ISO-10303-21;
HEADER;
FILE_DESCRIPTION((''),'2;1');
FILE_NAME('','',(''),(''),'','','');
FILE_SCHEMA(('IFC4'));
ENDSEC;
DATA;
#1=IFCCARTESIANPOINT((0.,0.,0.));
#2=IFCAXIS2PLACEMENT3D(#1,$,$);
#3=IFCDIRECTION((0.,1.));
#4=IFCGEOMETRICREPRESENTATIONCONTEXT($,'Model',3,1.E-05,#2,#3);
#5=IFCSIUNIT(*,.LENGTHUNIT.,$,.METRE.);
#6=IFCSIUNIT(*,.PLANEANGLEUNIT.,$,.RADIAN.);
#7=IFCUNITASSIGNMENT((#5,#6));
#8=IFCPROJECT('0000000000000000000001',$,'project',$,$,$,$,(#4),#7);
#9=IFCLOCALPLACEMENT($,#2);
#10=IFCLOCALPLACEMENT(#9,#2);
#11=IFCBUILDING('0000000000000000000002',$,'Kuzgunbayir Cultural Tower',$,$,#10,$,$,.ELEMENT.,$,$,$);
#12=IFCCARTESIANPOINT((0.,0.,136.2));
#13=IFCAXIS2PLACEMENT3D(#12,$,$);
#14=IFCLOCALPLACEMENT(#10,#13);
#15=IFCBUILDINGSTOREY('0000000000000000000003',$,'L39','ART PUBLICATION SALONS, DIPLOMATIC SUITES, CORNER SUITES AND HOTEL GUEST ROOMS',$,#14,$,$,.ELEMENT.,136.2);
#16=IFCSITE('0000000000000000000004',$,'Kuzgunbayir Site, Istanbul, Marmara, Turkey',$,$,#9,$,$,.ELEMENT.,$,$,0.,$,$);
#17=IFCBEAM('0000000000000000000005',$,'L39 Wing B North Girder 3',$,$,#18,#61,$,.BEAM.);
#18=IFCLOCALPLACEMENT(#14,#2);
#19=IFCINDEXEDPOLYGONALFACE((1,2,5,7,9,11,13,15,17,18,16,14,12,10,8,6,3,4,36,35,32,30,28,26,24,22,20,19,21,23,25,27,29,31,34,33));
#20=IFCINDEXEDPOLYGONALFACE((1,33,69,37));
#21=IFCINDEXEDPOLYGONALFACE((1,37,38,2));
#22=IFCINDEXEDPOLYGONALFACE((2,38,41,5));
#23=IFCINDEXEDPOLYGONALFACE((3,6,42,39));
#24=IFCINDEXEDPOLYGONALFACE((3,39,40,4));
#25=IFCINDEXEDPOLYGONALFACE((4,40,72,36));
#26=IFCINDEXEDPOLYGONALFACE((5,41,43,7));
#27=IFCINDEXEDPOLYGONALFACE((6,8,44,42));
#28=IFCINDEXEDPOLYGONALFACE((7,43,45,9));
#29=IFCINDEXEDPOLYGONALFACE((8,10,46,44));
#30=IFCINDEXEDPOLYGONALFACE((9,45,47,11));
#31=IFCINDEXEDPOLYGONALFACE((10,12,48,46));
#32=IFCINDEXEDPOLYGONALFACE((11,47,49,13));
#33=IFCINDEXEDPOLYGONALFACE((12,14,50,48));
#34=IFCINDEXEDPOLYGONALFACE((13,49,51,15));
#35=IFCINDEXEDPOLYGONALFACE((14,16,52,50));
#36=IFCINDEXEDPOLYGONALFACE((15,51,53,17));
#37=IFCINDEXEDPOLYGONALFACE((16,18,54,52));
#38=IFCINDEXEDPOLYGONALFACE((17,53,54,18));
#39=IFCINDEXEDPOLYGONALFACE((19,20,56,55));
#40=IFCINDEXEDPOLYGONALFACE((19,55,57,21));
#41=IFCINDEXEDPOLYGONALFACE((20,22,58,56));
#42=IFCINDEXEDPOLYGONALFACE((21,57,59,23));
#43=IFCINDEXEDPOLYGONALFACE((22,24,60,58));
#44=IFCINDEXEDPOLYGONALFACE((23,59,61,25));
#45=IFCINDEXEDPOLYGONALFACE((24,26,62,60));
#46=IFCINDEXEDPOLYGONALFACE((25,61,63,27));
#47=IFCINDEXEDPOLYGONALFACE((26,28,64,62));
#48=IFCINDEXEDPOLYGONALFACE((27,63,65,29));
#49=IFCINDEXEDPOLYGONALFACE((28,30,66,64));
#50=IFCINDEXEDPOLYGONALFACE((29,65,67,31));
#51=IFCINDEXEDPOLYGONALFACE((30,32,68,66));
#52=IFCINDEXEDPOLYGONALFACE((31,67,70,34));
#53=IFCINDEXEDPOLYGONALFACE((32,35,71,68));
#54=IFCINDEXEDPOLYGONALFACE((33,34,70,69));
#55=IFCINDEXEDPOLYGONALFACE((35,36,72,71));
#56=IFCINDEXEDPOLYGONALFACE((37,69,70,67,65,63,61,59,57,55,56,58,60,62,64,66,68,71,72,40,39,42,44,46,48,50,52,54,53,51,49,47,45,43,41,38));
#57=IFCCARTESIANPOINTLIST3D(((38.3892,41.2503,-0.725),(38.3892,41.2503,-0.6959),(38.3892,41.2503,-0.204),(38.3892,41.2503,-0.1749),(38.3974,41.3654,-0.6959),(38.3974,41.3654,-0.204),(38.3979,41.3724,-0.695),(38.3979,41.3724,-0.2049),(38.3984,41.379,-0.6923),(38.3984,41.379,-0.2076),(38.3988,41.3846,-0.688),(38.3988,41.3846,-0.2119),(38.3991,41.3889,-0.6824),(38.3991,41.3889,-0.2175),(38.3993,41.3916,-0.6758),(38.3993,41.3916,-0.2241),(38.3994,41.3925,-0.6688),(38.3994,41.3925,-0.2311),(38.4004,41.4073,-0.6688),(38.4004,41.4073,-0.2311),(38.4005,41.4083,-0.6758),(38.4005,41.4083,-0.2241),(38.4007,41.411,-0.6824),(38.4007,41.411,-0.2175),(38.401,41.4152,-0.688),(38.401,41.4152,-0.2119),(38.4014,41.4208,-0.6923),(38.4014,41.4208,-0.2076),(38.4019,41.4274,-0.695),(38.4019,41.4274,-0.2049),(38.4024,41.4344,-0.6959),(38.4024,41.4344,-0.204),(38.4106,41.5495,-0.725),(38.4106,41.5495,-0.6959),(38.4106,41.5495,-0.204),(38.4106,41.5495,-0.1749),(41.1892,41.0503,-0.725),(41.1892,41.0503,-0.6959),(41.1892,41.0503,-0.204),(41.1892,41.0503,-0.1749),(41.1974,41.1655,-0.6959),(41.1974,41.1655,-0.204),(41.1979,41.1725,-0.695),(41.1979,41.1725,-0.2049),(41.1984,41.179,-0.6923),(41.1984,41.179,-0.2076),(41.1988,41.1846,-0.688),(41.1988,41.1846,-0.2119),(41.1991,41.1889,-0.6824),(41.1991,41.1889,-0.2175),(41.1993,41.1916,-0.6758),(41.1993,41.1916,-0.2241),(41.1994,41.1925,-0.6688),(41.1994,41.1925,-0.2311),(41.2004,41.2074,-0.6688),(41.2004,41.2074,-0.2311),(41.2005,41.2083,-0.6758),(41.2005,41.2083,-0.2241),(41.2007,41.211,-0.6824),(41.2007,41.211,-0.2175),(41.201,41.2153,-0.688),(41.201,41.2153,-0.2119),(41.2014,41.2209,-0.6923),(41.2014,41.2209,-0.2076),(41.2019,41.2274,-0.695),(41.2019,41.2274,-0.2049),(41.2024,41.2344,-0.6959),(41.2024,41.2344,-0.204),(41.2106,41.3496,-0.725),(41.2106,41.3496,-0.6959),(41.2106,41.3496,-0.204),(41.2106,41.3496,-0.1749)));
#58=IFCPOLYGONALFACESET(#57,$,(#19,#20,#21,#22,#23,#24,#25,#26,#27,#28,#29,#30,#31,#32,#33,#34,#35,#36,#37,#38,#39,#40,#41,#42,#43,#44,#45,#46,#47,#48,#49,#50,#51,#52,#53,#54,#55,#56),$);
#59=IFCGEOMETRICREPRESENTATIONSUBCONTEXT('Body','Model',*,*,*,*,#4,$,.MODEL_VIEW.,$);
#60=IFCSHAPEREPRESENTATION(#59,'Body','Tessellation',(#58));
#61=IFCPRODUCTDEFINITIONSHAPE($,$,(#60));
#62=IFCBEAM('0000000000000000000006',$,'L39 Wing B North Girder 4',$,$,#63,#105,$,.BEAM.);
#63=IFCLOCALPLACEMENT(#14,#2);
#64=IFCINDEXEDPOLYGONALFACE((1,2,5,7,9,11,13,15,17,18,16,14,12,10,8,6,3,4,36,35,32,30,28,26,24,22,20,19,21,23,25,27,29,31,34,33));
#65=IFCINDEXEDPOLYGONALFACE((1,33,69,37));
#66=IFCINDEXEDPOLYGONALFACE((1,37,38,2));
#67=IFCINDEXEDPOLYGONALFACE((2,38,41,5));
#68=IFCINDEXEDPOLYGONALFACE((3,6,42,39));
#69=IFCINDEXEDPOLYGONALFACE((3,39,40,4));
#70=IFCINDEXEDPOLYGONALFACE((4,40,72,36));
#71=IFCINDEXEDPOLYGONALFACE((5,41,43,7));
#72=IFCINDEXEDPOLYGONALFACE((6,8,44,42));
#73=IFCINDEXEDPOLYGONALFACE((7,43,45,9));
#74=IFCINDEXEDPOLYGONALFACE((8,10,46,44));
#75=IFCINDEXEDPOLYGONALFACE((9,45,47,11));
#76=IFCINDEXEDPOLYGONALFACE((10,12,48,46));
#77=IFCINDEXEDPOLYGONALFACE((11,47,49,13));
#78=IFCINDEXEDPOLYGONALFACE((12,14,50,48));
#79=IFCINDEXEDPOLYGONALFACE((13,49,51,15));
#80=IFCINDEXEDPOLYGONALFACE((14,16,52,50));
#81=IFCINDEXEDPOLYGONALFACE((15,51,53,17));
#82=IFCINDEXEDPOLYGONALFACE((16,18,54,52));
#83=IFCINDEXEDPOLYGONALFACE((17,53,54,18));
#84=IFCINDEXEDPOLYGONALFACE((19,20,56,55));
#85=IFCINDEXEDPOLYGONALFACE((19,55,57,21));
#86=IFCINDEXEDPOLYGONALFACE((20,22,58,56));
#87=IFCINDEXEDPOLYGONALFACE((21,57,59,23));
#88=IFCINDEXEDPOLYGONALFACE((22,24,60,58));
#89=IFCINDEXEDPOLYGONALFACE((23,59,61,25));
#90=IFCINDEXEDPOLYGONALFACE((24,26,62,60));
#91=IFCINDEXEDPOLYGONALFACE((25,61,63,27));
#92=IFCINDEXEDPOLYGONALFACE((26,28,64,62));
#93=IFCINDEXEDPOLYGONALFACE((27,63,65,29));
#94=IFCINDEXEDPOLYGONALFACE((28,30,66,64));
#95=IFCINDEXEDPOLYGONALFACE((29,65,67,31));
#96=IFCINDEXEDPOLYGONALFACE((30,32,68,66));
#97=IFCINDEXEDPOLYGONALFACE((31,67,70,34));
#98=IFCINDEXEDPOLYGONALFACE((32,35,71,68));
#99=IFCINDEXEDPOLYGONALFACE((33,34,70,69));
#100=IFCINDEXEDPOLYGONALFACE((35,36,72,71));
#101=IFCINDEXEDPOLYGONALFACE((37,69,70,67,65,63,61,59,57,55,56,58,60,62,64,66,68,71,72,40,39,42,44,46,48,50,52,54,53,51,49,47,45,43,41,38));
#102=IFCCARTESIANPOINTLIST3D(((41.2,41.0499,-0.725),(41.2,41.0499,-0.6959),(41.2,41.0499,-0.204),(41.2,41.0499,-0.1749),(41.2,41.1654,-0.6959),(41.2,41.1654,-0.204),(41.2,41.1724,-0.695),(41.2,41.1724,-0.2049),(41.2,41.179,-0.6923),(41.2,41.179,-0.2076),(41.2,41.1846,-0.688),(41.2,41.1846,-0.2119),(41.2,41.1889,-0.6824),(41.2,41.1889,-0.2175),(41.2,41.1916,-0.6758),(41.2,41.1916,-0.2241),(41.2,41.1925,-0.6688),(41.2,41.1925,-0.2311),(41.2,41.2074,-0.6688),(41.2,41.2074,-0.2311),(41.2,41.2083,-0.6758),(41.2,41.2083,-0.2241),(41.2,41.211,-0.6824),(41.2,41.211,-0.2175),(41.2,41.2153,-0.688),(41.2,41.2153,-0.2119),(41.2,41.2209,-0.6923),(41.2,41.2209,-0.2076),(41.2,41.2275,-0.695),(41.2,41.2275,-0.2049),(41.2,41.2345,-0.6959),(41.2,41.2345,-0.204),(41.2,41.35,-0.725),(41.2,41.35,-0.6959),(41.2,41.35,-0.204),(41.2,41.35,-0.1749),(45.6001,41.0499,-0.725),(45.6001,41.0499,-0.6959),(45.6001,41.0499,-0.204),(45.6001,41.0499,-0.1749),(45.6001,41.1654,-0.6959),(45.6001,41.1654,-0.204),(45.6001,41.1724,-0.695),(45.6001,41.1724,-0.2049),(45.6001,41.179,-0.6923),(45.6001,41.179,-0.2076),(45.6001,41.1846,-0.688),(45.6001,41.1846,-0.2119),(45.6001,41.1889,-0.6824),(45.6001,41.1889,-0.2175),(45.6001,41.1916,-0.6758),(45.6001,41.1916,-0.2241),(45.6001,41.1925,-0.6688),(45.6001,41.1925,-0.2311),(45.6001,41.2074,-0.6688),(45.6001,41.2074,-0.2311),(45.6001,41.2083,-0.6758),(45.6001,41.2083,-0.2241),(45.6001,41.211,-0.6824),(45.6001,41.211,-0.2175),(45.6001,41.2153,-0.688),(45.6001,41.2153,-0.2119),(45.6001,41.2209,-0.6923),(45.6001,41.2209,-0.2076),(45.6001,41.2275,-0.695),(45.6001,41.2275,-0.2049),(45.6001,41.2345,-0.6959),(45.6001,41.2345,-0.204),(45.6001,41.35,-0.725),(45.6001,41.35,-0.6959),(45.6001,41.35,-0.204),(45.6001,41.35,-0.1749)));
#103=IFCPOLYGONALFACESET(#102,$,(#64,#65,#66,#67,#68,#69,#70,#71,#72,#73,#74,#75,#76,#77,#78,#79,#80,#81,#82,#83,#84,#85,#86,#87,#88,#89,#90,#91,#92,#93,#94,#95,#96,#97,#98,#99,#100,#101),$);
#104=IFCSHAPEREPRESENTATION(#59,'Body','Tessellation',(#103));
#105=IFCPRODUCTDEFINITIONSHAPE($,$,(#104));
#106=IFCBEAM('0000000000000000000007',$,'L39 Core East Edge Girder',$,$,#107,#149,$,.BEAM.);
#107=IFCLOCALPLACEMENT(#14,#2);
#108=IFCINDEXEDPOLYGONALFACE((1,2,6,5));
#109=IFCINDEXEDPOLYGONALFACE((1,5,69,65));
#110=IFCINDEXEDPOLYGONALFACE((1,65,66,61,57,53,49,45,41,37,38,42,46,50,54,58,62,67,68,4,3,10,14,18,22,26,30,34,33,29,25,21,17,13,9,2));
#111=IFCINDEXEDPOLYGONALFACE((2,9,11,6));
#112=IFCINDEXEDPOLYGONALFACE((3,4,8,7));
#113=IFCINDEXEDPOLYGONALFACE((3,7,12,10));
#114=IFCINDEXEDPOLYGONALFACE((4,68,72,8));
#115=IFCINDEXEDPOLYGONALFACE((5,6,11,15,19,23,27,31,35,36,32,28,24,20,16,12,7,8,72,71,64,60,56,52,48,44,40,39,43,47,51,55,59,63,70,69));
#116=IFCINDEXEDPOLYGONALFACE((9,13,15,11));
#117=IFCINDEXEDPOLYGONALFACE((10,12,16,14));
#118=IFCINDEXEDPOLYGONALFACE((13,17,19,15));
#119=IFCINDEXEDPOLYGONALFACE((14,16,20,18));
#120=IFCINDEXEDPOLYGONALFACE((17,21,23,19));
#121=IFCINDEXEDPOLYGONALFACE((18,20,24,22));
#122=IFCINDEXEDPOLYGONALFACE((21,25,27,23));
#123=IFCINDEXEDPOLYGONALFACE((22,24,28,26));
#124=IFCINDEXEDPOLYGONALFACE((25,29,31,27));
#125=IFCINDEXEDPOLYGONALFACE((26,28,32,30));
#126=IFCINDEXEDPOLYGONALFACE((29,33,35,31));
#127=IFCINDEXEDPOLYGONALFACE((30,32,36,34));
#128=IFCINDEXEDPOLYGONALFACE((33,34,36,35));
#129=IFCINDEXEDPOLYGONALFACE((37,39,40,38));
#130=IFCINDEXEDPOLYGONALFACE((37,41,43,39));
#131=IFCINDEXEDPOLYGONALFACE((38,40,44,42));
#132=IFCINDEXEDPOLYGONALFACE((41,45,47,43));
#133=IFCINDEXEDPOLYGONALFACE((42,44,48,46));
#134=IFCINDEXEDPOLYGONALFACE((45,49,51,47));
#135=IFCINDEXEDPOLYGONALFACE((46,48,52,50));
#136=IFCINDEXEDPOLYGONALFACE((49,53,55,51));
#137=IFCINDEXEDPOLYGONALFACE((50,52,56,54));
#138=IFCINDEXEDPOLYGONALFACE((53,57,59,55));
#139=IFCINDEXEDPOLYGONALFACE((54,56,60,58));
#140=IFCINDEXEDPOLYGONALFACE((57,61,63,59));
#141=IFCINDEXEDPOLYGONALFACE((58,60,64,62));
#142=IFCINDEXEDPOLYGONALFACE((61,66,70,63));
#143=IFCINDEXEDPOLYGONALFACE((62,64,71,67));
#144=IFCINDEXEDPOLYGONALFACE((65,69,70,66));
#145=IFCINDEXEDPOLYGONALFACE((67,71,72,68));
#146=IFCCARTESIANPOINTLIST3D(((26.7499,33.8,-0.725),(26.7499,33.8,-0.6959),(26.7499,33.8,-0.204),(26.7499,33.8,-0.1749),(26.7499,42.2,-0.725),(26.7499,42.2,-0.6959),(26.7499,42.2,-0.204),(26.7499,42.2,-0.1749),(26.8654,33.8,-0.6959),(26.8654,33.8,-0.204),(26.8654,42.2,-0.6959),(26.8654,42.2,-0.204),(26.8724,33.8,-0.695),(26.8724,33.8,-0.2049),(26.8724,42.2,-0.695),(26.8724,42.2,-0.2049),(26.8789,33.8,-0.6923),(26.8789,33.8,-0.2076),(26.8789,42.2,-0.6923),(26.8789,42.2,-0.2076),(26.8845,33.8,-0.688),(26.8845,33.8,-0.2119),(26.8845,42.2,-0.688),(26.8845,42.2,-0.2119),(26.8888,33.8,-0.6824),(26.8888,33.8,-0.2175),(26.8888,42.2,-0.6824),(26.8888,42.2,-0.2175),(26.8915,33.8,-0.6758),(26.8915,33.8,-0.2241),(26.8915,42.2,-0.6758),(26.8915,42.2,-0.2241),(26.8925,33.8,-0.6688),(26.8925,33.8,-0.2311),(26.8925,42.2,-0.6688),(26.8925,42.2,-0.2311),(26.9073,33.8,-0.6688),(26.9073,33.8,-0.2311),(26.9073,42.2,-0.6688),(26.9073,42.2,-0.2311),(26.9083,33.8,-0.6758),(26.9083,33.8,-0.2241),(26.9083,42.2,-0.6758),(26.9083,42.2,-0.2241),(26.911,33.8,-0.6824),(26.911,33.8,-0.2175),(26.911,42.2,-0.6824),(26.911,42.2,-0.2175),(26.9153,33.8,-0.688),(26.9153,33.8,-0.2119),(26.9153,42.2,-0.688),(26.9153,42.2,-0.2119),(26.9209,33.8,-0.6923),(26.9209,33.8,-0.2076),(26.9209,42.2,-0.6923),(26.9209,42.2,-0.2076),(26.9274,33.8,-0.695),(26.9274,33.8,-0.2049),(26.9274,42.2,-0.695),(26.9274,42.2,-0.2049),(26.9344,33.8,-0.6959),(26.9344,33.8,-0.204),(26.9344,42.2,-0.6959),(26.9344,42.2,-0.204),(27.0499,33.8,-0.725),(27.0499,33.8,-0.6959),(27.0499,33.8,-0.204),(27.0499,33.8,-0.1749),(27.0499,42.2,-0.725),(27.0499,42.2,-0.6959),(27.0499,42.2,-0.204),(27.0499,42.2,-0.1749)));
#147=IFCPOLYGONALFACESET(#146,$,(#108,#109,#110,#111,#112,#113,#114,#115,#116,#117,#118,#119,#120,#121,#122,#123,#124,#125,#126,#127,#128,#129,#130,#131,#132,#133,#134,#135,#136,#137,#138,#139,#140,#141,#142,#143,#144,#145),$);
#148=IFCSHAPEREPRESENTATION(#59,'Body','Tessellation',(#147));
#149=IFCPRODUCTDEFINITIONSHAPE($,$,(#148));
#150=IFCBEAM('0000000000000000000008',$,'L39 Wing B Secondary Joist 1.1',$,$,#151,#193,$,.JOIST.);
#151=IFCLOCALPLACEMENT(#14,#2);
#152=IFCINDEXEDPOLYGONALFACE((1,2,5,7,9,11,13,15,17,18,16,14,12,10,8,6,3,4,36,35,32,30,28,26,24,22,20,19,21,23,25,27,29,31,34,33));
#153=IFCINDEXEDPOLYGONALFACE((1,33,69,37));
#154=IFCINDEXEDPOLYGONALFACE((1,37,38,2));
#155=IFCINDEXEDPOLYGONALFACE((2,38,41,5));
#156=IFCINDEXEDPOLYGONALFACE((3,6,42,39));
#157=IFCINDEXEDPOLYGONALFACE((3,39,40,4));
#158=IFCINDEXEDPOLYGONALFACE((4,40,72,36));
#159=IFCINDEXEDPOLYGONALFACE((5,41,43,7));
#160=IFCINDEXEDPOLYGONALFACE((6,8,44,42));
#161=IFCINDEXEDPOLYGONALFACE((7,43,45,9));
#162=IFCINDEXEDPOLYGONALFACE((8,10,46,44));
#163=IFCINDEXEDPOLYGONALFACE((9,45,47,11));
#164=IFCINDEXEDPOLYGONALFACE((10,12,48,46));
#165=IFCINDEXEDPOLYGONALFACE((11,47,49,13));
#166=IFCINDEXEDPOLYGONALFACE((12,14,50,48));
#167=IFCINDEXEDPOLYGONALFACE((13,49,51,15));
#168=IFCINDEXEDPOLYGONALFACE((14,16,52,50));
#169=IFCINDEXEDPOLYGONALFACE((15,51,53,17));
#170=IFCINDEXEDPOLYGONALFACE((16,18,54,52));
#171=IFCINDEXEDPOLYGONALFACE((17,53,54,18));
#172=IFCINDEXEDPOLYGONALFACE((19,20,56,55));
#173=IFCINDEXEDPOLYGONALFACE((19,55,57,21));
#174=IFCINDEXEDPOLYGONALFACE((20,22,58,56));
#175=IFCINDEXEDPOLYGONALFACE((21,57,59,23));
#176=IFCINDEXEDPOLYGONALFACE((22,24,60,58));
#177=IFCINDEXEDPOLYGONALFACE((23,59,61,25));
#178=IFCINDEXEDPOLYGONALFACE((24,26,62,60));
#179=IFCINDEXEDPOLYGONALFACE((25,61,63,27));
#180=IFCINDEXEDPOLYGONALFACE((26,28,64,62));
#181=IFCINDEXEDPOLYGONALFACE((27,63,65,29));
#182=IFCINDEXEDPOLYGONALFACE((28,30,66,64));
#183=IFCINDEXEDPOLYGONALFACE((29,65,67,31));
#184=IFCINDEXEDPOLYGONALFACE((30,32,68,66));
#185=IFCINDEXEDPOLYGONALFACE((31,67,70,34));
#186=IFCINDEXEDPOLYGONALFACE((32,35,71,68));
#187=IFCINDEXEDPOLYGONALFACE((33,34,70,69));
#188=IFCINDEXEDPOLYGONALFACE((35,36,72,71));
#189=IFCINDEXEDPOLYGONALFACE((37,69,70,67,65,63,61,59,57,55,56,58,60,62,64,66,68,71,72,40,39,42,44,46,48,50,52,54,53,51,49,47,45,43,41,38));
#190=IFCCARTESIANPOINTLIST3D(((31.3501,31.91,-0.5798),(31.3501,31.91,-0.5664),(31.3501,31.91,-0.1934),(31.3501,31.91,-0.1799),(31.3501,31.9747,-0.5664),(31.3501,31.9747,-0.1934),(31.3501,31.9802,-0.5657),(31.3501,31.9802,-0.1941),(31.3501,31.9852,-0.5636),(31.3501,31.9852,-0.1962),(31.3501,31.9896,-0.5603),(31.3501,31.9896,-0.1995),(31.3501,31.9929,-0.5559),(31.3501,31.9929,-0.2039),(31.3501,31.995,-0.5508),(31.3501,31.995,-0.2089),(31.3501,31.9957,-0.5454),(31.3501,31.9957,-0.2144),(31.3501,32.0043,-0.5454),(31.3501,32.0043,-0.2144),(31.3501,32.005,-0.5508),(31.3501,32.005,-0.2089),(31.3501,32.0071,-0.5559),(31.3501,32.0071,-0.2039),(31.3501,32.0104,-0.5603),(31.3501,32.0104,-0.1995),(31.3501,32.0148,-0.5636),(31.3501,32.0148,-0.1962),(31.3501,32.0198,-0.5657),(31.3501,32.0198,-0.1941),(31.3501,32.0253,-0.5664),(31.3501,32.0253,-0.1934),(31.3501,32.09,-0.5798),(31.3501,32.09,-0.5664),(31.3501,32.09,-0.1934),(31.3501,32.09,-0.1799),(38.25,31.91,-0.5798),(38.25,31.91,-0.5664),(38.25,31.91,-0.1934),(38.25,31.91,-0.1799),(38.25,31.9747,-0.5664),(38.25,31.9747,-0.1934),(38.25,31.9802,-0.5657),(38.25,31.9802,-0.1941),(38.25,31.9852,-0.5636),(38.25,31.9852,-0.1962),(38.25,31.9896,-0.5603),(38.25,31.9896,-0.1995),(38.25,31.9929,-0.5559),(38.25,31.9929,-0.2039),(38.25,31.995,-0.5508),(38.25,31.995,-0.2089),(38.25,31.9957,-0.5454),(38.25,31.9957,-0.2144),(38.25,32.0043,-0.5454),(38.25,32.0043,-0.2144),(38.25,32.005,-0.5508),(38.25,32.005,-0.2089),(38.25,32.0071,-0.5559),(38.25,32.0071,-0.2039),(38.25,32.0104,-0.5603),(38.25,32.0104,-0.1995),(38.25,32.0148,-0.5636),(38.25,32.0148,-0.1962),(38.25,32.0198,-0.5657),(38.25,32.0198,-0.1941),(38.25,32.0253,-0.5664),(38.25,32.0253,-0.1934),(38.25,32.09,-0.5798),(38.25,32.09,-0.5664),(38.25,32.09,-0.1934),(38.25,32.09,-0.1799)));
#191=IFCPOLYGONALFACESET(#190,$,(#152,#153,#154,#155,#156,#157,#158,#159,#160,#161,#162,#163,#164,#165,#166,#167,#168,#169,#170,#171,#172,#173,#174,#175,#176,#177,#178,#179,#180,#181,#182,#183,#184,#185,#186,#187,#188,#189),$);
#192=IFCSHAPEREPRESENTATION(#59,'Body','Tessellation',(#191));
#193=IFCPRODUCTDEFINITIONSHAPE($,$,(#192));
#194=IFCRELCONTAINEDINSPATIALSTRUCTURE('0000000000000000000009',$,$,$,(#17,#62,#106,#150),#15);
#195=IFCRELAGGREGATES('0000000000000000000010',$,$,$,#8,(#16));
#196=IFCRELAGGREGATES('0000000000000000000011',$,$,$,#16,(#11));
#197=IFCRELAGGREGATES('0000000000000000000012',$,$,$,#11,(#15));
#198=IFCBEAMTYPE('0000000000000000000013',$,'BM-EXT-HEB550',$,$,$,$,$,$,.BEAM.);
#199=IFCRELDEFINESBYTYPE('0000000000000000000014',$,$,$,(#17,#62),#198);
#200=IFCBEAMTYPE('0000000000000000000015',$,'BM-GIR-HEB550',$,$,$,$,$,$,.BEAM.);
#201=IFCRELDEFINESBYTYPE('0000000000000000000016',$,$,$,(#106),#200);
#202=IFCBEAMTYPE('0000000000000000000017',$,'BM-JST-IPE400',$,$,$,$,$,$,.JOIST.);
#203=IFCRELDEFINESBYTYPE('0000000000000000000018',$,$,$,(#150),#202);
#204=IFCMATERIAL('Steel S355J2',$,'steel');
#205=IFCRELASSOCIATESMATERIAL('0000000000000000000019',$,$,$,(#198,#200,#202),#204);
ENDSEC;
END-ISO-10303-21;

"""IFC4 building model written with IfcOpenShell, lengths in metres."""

from ifc_helpers import new_model, si_unit, direction, frame, origin, origin_2d, place, context, subcontext, project, spatial, i_section, extrude, material, material_profile, profile_set, type_object, element, save


model = new_model("IFC4")

# Units and contexts
model_context = context("Model", 3, precision=1e-05, world=origin(), true_north=direction((0.0, 1.0)))
body_context = subcontext(model_context, "Body", "Model", "MODEL_VIEW")
ifc_project = project(units=[si_unit("LENGTHUNIT", "METRE"), si_unit("PLANEANGLEUNIT", "RADIAN")], contexts=[model_context])

# Site, building, storey
site_placement = place(None, origin())
site = spatial("IfcSite", under=ifc_project, at=site_placement, Name="Kuzgunbayir Site, Istanbul, Marmara, Turkey", CompositionType="ELEMENT", RefElevation=0.0)
building_placement = place(site_placement, origin())
building = spatial("IfcBuilding", under=site, at=building_placement, Name="Kuzgunbayir Cultural Tower", CompositionType="ELEMENT")
storey_placement = place(building_placement, frame((0.0, 0.0, 136.2)))
storey = spatial("IfcBuildingStorey", under=building, at=storey_placement, Name="L39", Description="ART PUBLICATION SALONS, DIPLOMATIC SUITES, CORNER SUITES AND HOTEL GUEST ROOMS", CompositionType="ELEMENT", Elevation=136.2)

# Beams
ifc_material_1 = material(Name="Steel S355J2", Category="steel")
ifc_material_profile_1 = material_profile(ifc_material_1, i_section(OverallWidth=0.3, OverallDepth=0.55, WebThickness=0.0149, FlangeThickness=0.0291, FilletRadius=0.0271, at=origin_2d()), Name="HEB 550")
ifc_profile_set_1 = profile_set([ifc_material_profile_1], Name="Steel S355J2")
beam_type_1 = type_object("IfcBeamType", Name="BM-EXT-HEB550", PredefinedType="BEAM", material=ifc_profile_set_1)
beam_1_placement = place(storey_placement, frame((38.3999, 41.3999, -0.45), z_axis=(0.99746, -0.071229, 0.0), x_axis=(0.071229, 0.99746, 0.0)))
element("IfcBeam", 1, at=beam_1_placement, inside=storey, type_object=beam_type_1, Name="L39 Wing B North Girder 3", PredefinedType="BEAM", context=body_context, shape_type="SweptSolid", body=[
    extrude(i_section(OverallWidth=0.3, OverallDepth=0.55, WebThickness=0.0149, FlangeThickness=0.0291, FilletRadius=0.0271, at=origin_2d()), origin(), (0.0, 0.0, 1.0), 2.8071),
])
beam_2_placement = place(storey_placement, frame((41.2, 41.2, -0.45), z_axis=(1.0, 0.0, 0.0), x_axis=(0.0, 1.0, 0.0)))
element("IfcBeam", 2, at=beam_2_placement, inside=storey, type_object=beam_type_1, Name="L39 Wing B North Girder 4", PredefinedType="BEAM", context=body_context, shape_type="SweptSolid", body=[
    extrude(i_section(OverallWidth=0.3, OverallDepth=0.55, WebThickness=0.0149, FlangeThickness=0.0291, FilletRadius=0.0271, at=origin_2d()), origin(), (0.0, 0.0, 1.0), 4.4001),
])
ifc_material_profile_2 = material_profile(ifc_material_1, i_section(OverallWidth=0.3, OverallDepth=0.55, WebThickness=0.0149, FlangeThickness=0.0291, FilletRadius=0.0271, at=origin_2d()), Name="HEB 550")
ifc_profile_set_2 = profile_set([ifc_material_profile_2], Name="Steel S355J2")
beam_type_2 = type_object("IfcBeamType", Name="BM-GIR-HEB550", PredefinedType="BEAM", material=ifc_profile_set_2)
beam_3_placement = place(storey_placement, frame((26.8999, 33.8, -0.45), z_axis=(0.0, 1.0, 0.0), x_axis=(-1.0, 0.0, 0.0)))
element("IfcBeam", 3, at=beam_3_placement, inside=storey, type_object=beam_type_2, Name="L39 Core East Edge Girder", PredefinedType="BEAM", context=body_context, shape_type="SweptSolid", body=[
    extrude(i_section(OverallWidth=0.3, OverallDepth=0.55, WebThickness=0.0149, FlangeThickness=0.0291, FilletRadius=0.0271, at=origin_2d()), origin(), (0.0, 0.0, 1.0), 8.3999),
])
ifc_material_profile_3 = material_profile(ifc_material_1, i_section(OverallWidth=0.1799, OverallDepth=0.3999, WebThickness=0.0085, FlangeThickness=0.0134, FilletRadius=0.021, at=origin_2d()), Name="IPE 400")
ifc_profile_set_3 = profile_set([ifc_material_profile_3], Name="Steel S355J2")
beam_type_3 = type_object("IfcBeamType", Name="BM-JST-IPE400", PredefinedType="JOIST", material=ifc_profile_set_3)
for number, where, z_axis, x_axis, name in (
    (4, (31.3501, 32.0, -0.3799), (1.0, 0.0, 0.0), (0.0, 1.0, 0.0), "L39 Wing B Secondary Joist 1.1"),
):
    element("IfcBeam", number, at=place(storey_placement, frame(where, z_axis=z_axis, x_axis=x_axis)), inside=storey, type_object=beam_type_3, Name=name, PredefinedType="JOIST", context=body_context, shape_type="SweptSolid", body=[
        extrude(i_section(OverallWidth=0.1799, OverallDepth=0.3999, WebThickness=0.0085, FlangeThickness=0.0134, FilletRadius=0.021, at=origin_2d()), origin(), (0.0, 0.0, 1.0), 6.8999),
    ])

save(model, "model.ifc")
